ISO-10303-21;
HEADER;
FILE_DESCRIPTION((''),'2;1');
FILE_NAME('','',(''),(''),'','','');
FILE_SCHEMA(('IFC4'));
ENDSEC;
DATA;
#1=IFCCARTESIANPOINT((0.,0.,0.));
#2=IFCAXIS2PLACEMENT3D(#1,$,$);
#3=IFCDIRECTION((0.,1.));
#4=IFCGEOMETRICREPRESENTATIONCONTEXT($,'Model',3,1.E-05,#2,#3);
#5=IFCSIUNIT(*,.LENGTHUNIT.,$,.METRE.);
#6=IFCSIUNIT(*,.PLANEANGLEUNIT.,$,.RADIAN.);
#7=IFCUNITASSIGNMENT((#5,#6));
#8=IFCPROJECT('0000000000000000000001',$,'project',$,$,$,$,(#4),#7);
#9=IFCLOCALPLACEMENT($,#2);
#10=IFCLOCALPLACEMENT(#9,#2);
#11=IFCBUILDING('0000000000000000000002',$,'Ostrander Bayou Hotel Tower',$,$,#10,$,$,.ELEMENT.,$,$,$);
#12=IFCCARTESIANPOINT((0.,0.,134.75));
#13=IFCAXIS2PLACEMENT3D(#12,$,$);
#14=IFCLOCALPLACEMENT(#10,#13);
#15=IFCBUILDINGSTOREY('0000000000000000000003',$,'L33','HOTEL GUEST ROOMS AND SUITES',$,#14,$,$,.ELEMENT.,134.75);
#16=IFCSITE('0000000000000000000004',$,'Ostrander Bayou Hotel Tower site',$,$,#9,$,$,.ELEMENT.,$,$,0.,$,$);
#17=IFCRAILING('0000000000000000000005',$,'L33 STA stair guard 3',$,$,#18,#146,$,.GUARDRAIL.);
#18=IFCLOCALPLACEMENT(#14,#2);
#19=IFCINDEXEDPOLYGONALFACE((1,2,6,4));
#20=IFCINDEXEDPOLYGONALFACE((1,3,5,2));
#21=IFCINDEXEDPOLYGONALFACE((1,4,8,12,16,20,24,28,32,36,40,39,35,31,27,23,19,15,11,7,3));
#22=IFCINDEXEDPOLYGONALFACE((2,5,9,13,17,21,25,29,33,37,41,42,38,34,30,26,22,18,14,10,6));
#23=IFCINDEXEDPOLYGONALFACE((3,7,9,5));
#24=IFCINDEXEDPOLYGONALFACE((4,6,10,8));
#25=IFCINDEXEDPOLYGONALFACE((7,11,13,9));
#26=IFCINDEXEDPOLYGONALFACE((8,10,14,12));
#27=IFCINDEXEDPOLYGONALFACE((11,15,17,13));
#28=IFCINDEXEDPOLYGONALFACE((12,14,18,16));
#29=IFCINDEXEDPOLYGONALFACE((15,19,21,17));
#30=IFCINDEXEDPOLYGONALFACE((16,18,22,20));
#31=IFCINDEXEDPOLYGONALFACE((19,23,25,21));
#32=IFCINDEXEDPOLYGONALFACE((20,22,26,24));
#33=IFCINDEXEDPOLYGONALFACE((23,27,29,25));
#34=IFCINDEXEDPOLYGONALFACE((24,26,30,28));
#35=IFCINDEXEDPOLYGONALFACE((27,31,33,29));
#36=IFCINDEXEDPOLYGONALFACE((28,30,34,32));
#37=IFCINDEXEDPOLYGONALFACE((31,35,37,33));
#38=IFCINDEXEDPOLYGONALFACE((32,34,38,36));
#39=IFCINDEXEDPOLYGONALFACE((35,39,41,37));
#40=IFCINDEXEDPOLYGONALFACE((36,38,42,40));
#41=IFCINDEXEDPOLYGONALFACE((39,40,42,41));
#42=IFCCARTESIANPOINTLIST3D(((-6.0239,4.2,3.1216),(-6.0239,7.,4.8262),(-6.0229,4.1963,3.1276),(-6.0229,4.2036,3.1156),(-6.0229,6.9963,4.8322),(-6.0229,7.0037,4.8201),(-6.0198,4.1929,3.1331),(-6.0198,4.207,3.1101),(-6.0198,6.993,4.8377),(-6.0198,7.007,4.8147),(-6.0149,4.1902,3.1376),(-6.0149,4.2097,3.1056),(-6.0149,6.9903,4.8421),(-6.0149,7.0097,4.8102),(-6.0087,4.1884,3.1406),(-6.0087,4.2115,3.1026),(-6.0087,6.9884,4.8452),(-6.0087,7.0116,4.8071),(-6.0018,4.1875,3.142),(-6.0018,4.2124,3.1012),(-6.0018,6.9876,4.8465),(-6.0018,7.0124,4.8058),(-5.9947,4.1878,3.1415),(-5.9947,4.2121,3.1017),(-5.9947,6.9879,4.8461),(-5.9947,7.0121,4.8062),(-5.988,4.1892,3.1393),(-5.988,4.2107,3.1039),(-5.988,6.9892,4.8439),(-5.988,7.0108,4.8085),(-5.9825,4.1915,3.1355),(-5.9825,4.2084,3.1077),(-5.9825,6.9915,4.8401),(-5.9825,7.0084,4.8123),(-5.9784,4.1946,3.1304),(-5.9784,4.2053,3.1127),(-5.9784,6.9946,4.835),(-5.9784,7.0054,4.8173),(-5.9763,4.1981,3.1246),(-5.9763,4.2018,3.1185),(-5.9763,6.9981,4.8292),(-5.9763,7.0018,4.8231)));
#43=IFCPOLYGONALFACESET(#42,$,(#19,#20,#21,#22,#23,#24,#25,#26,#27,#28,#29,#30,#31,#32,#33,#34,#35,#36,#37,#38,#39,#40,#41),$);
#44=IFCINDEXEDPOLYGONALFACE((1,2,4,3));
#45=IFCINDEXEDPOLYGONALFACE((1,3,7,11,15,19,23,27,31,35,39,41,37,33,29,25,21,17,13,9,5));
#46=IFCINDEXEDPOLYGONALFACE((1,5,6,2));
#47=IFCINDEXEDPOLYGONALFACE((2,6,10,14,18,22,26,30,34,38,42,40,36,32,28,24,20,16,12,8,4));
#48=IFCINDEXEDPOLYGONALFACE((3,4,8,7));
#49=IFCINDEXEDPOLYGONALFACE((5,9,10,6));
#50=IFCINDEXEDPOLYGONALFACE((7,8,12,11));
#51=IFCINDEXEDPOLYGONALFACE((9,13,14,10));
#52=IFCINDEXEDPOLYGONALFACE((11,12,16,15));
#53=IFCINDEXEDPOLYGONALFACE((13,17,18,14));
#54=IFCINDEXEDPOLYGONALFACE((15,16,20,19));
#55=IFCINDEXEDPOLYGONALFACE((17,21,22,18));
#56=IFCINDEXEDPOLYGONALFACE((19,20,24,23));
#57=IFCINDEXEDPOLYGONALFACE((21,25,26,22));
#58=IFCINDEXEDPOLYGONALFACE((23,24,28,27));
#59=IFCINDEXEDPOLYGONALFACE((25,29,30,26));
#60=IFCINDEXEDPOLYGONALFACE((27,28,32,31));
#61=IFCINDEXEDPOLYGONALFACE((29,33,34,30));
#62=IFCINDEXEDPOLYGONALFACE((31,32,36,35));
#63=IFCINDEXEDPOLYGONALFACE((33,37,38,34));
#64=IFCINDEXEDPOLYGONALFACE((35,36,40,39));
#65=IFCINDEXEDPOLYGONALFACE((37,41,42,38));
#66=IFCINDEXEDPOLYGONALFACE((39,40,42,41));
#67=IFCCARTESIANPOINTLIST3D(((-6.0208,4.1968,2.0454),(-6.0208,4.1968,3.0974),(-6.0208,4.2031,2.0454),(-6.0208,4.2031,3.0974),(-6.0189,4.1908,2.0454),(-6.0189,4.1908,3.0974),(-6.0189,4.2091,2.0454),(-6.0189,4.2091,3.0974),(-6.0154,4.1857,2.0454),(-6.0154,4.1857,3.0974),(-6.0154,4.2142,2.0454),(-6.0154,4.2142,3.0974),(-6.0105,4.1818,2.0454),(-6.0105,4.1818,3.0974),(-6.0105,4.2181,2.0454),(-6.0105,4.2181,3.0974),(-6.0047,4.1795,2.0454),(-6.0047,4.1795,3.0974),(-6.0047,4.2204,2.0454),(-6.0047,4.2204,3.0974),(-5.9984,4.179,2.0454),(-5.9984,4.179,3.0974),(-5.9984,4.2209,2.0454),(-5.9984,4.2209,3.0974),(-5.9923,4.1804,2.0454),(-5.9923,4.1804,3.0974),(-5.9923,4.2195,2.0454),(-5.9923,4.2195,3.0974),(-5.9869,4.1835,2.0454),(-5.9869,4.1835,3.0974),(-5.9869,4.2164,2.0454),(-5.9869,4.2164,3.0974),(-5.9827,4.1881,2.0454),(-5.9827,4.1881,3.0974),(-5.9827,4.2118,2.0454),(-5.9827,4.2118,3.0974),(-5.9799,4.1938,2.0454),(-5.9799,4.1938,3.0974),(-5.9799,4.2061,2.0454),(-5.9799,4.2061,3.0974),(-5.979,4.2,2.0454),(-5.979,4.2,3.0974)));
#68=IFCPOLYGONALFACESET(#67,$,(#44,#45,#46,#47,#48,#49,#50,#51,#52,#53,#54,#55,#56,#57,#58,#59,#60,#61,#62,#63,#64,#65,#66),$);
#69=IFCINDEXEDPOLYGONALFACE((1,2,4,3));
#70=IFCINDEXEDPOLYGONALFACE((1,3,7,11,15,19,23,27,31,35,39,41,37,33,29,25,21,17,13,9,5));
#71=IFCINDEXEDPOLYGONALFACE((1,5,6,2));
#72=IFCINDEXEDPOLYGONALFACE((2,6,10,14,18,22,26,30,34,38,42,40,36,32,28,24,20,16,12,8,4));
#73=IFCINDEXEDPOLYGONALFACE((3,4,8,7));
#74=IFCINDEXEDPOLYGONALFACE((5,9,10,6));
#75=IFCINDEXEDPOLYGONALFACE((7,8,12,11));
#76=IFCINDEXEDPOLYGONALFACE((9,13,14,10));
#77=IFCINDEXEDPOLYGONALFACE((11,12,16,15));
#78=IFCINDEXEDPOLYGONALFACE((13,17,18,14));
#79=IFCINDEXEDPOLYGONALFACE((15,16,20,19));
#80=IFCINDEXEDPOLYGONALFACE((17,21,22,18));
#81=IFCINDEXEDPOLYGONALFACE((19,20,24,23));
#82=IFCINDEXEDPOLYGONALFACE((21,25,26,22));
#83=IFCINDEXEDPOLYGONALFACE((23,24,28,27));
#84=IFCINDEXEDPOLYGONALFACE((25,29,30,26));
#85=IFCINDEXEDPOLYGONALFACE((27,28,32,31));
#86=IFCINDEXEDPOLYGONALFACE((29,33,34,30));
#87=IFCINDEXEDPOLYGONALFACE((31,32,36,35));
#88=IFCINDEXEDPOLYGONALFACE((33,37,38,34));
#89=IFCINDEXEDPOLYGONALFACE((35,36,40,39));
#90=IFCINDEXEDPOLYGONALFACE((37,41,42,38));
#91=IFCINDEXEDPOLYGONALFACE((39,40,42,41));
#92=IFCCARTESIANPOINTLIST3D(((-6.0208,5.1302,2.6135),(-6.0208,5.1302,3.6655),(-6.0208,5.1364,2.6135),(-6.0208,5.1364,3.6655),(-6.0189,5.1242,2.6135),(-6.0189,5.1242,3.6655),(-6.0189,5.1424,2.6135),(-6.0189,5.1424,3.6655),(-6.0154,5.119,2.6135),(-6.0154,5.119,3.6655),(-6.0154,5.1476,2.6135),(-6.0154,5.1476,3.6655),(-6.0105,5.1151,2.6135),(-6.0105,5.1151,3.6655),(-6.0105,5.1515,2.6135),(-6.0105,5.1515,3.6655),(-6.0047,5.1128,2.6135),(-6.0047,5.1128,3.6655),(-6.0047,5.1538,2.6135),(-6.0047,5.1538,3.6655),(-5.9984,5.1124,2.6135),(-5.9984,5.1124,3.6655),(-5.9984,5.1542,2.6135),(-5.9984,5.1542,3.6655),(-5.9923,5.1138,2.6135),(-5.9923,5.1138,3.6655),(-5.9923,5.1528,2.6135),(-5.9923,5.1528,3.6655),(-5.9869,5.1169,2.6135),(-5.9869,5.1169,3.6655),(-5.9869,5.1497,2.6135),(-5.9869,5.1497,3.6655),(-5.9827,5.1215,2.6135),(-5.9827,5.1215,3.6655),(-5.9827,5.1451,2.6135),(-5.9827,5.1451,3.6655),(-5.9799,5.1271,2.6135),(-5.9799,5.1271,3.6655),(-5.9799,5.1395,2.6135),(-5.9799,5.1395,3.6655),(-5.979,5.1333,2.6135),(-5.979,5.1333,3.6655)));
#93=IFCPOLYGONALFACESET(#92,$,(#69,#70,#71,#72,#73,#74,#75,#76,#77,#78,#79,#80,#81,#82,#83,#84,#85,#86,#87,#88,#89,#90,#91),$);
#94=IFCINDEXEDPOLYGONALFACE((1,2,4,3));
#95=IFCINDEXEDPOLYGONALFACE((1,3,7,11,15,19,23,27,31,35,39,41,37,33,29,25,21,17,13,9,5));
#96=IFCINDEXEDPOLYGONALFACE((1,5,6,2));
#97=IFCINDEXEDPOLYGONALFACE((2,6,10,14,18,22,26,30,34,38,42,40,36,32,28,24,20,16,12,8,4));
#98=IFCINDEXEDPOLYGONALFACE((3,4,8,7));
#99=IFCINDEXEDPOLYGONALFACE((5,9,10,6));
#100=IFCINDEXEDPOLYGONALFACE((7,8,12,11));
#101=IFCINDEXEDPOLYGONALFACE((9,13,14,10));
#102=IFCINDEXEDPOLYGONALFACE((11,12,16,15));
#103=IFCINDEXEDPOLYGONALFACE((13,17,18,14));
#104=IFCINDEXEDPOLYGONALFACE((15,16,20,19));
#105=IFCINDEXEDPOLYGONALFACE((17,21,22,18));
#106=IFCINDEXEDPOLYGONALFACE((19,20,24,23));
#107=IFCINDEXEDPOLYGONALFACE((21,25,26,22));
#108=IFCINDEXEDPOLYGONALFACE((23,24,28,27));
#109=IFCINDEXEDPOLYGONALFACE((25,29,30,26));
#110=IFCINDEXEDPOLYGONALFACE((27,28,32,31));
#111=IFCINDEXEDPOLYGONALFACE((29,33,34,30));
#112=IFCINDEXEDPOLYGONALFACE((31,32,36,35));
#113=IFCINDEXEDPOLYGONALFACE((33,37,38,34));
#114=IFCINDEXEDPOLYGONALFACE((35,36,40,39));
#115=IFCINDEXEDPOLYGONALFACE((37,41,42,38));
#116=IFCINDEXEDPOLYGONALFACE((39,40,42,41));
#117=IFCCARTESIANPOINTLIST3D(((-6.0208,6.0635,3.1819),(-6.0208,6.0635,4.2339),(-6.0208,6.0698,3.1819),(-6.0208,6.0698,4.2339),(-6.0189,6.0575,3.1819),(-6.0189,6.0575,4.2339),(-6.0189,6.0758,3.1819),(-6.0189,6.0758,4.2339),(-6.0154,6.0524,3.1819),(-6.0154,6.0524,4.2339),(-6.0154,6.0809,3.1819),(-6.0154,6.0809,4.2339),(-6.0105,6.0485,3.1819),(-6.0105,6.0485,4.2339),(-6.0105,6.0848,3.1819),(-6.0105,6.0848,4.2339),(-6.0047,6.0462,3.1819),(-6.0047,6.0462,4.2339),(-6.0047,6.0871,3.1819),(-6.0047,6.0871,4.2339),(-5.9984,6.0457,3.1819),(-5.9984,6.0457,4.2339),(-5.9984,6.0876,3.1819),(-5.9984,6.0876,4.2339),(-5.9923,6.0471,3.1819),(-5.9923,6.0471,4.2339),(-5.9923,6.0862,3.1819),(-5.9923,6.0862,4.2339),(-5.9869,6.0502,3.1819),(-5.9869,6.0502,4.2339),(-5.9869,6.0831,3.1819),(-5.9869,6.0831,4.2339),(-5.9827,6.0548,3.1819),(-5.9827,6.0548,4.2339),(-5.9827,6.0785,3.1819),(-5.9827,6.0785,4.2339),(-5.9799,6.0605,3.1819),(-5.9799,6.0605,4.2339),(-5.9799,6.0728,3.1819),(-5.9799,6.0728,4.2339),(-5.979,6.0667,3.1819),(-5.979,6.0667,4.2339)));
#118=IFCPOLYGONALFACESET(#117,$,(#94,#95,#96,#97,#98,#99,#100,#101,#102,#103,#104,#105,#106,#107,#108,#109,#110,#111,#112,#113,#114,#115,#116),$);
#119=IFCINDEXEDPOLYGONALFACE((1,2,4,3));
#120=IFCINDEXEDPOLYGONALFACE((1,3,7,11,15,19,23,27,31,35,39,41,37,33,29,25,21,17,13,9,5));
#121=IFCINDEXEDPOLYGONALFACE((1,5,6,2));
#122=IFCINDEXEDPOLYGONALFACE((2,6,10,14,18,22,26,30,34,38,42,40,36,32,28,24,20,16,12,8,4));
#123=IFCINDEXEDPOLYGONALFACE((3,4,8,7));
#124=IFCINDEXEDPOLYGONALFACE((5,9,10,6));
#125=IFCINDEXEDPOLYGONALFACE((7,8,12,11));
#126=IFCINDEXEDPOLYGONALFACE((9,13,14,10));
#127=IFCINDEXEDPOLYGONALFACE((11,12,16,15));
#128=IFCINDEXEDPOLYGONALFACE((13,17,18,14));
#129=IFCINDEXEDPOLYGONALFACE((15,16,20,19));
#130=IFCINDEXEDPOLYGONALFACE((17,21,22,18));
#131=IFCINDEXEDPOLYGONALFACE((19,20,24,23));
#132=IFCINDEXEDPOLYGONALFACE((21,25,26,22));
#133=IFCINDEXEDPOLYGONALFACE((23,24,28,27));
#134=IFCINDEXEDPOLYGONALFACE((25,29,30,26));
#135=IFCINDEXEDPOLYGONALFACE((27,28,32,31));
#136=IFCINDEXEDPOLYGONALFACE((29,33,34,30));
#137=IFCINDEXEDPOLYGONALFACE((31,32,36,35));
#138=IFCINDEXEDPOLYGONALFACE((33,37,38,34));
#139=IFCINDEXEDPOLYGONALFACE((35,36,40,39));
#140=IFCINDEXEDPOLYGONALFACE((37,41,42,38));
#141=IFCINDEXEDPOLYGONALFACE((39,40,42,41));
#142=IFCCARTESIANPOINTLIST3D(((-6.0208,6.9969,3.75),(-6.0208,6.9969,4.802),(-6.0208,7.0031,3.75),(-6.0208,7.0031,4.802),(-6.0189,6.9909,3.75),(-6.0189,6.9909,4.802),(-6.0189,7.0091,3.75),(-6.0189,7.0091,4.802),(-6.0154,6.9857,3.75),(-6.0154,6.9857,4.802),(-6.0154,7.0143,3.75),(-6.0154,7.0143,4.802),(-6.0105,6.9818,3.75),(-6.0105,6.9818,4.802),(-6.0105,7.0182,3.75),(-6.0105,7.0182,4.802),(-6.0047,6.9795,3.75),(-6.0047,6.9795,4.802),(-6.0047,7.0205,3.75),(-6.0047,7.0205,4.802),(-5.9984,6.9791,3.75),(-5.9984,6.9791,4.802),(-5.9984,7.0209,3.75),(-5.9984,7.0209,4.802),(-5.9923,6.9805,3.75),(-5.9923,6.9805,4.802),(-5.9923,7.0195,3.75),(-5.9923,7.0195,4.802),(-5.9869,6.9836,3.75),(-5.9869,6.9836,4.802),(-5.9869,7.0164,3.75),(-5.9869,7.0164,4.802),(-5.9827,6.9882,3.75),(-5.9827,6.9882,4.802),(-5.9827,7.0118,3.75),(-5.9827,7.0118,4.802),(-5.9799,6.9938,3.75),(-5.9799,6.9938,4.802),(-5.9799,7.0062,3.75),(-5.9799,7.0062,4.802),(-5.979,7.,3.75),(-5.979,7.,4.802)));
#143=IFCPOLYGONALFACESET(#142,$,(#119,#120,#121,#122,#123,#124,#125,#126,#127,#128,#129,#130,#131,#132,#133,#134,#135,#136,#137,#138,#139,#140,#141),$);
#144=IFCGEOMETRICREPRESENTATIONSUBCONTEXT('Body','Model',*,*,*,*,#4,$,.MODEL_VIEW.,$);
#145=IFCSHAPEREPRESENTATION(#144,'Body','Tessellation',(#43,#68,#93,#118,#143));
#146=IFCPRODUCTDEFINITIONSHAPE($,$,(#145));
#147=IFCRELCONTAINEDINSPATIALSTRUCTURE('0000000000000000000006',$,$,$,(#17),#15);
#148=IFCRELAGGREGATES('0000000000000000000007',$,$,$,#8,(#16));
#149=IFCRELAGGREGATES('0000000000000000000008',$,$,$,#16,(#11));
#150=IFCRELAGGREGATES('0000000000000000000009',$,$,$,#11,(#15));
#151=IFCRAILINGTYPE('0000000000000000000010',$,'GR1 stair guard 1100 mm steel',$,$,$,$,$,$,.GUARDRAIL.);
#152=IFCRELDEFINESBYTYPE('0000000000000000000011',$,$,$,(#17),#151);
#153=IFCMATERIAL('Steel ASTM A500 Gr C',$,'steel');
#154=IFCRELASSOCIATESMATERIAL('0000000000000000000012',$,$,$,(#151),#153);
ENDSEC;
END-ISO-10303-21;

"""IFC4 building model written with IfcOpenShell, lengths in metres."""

from ifc_helpers import new_model, si_unit, direction, frame, origin, origin_2d, place, context, subcontext, project, spatial, circle, extrude, material, type_object, element, save


model = new_model("IFC4")

# Units and contexts
model_context = context("Model", 3, precision=1e-05, world=origin(), true_north=direction((0.0, 1.0)))
body_context = subcontext(model_context, "Body", "Model", "MODEL_VIEW")
ifc_project = project(units=[si_unit("LENGTHUNIT", "METRE"), si_unit("PLANEANGLEUNIT", "RADIAN")], contexts=[model_context])

# Site, building, storey
site_placement = place(None, origin())
site = spatial("IfcSite", under=ifc_project, at=site_placement, Name="Ostrander Bayou Hotel Tower site", CompositionType="ELEMENT", RefElevation=0.0)
building_placement = place(site_placement, origin())
building = spatial("IfcBuilding", under=site, at=building_placement, Name="Ostrander Bayou Hotel Tower", CompositionType="ELEMENT")
storey_placement = place(building_placement, frame((0.0, 0.0, 134.75)))
storey = spatial("IfcBuildingStorey", under=building, at=storey_placement, Name="L33", Description="HOTEL GUEST ROOMS AND SUITES", CompositionType="ELEMENT", Elevation=134.75)

# Railing
ifc_material_1 = material(Name="Steel ASTM A500 Gr C", Category="steel")
railing_type_1 = type_object("IfcRailingType", Name="GR1 stair guard 1100 mm steel", PredefinedType="GUARDRAIL", material=ifc_material_1)
railing_1_placement = place(storey_placement, frame((-6.0, 4.2, 2.0454)))
element("IfcRailing", 1, at=railing_1_placement, inside=storey, type_object=railing_type_1, Name="L33 STA stair guard 3", PredefinedType="GUARDRAIL", context=body_context, shape_type="SweptSolid", body=[
    extrude(circle(Radius=0.0239, at=origin_2d()), frame((0.0, 0.0, 1.0762), z_axis=(0.0, 0.85417, 0.519994), x_axis=(-1.0, 0.0, 0.0)), (0.0, 0.0, 1.0), 3.2781),
    extrude(circle(Radius=0.021, at=origin_2d()), origin(), (0.0, 0.0, 1.0), 1.052),
    extrude(circle(Radius=0.021, at=origin_2d()), frame((0.0, 0.9333, 0.5681)), (0.0, 0.0, 1.0), 1.052),
    extrude(circle(Radius=0.021, at=origin_2d()), frame((0.0, 1.8667, 1.1365)), (0.0, 0.0, 1.0), 1.052),
    extrude(circle(Radius=0.021, at=origin_2d()), frame((0.0, 2.8, 1.7046)), (0.0, 0.0, 1.0), 1.052),
])

save(model, "model.ifc")
